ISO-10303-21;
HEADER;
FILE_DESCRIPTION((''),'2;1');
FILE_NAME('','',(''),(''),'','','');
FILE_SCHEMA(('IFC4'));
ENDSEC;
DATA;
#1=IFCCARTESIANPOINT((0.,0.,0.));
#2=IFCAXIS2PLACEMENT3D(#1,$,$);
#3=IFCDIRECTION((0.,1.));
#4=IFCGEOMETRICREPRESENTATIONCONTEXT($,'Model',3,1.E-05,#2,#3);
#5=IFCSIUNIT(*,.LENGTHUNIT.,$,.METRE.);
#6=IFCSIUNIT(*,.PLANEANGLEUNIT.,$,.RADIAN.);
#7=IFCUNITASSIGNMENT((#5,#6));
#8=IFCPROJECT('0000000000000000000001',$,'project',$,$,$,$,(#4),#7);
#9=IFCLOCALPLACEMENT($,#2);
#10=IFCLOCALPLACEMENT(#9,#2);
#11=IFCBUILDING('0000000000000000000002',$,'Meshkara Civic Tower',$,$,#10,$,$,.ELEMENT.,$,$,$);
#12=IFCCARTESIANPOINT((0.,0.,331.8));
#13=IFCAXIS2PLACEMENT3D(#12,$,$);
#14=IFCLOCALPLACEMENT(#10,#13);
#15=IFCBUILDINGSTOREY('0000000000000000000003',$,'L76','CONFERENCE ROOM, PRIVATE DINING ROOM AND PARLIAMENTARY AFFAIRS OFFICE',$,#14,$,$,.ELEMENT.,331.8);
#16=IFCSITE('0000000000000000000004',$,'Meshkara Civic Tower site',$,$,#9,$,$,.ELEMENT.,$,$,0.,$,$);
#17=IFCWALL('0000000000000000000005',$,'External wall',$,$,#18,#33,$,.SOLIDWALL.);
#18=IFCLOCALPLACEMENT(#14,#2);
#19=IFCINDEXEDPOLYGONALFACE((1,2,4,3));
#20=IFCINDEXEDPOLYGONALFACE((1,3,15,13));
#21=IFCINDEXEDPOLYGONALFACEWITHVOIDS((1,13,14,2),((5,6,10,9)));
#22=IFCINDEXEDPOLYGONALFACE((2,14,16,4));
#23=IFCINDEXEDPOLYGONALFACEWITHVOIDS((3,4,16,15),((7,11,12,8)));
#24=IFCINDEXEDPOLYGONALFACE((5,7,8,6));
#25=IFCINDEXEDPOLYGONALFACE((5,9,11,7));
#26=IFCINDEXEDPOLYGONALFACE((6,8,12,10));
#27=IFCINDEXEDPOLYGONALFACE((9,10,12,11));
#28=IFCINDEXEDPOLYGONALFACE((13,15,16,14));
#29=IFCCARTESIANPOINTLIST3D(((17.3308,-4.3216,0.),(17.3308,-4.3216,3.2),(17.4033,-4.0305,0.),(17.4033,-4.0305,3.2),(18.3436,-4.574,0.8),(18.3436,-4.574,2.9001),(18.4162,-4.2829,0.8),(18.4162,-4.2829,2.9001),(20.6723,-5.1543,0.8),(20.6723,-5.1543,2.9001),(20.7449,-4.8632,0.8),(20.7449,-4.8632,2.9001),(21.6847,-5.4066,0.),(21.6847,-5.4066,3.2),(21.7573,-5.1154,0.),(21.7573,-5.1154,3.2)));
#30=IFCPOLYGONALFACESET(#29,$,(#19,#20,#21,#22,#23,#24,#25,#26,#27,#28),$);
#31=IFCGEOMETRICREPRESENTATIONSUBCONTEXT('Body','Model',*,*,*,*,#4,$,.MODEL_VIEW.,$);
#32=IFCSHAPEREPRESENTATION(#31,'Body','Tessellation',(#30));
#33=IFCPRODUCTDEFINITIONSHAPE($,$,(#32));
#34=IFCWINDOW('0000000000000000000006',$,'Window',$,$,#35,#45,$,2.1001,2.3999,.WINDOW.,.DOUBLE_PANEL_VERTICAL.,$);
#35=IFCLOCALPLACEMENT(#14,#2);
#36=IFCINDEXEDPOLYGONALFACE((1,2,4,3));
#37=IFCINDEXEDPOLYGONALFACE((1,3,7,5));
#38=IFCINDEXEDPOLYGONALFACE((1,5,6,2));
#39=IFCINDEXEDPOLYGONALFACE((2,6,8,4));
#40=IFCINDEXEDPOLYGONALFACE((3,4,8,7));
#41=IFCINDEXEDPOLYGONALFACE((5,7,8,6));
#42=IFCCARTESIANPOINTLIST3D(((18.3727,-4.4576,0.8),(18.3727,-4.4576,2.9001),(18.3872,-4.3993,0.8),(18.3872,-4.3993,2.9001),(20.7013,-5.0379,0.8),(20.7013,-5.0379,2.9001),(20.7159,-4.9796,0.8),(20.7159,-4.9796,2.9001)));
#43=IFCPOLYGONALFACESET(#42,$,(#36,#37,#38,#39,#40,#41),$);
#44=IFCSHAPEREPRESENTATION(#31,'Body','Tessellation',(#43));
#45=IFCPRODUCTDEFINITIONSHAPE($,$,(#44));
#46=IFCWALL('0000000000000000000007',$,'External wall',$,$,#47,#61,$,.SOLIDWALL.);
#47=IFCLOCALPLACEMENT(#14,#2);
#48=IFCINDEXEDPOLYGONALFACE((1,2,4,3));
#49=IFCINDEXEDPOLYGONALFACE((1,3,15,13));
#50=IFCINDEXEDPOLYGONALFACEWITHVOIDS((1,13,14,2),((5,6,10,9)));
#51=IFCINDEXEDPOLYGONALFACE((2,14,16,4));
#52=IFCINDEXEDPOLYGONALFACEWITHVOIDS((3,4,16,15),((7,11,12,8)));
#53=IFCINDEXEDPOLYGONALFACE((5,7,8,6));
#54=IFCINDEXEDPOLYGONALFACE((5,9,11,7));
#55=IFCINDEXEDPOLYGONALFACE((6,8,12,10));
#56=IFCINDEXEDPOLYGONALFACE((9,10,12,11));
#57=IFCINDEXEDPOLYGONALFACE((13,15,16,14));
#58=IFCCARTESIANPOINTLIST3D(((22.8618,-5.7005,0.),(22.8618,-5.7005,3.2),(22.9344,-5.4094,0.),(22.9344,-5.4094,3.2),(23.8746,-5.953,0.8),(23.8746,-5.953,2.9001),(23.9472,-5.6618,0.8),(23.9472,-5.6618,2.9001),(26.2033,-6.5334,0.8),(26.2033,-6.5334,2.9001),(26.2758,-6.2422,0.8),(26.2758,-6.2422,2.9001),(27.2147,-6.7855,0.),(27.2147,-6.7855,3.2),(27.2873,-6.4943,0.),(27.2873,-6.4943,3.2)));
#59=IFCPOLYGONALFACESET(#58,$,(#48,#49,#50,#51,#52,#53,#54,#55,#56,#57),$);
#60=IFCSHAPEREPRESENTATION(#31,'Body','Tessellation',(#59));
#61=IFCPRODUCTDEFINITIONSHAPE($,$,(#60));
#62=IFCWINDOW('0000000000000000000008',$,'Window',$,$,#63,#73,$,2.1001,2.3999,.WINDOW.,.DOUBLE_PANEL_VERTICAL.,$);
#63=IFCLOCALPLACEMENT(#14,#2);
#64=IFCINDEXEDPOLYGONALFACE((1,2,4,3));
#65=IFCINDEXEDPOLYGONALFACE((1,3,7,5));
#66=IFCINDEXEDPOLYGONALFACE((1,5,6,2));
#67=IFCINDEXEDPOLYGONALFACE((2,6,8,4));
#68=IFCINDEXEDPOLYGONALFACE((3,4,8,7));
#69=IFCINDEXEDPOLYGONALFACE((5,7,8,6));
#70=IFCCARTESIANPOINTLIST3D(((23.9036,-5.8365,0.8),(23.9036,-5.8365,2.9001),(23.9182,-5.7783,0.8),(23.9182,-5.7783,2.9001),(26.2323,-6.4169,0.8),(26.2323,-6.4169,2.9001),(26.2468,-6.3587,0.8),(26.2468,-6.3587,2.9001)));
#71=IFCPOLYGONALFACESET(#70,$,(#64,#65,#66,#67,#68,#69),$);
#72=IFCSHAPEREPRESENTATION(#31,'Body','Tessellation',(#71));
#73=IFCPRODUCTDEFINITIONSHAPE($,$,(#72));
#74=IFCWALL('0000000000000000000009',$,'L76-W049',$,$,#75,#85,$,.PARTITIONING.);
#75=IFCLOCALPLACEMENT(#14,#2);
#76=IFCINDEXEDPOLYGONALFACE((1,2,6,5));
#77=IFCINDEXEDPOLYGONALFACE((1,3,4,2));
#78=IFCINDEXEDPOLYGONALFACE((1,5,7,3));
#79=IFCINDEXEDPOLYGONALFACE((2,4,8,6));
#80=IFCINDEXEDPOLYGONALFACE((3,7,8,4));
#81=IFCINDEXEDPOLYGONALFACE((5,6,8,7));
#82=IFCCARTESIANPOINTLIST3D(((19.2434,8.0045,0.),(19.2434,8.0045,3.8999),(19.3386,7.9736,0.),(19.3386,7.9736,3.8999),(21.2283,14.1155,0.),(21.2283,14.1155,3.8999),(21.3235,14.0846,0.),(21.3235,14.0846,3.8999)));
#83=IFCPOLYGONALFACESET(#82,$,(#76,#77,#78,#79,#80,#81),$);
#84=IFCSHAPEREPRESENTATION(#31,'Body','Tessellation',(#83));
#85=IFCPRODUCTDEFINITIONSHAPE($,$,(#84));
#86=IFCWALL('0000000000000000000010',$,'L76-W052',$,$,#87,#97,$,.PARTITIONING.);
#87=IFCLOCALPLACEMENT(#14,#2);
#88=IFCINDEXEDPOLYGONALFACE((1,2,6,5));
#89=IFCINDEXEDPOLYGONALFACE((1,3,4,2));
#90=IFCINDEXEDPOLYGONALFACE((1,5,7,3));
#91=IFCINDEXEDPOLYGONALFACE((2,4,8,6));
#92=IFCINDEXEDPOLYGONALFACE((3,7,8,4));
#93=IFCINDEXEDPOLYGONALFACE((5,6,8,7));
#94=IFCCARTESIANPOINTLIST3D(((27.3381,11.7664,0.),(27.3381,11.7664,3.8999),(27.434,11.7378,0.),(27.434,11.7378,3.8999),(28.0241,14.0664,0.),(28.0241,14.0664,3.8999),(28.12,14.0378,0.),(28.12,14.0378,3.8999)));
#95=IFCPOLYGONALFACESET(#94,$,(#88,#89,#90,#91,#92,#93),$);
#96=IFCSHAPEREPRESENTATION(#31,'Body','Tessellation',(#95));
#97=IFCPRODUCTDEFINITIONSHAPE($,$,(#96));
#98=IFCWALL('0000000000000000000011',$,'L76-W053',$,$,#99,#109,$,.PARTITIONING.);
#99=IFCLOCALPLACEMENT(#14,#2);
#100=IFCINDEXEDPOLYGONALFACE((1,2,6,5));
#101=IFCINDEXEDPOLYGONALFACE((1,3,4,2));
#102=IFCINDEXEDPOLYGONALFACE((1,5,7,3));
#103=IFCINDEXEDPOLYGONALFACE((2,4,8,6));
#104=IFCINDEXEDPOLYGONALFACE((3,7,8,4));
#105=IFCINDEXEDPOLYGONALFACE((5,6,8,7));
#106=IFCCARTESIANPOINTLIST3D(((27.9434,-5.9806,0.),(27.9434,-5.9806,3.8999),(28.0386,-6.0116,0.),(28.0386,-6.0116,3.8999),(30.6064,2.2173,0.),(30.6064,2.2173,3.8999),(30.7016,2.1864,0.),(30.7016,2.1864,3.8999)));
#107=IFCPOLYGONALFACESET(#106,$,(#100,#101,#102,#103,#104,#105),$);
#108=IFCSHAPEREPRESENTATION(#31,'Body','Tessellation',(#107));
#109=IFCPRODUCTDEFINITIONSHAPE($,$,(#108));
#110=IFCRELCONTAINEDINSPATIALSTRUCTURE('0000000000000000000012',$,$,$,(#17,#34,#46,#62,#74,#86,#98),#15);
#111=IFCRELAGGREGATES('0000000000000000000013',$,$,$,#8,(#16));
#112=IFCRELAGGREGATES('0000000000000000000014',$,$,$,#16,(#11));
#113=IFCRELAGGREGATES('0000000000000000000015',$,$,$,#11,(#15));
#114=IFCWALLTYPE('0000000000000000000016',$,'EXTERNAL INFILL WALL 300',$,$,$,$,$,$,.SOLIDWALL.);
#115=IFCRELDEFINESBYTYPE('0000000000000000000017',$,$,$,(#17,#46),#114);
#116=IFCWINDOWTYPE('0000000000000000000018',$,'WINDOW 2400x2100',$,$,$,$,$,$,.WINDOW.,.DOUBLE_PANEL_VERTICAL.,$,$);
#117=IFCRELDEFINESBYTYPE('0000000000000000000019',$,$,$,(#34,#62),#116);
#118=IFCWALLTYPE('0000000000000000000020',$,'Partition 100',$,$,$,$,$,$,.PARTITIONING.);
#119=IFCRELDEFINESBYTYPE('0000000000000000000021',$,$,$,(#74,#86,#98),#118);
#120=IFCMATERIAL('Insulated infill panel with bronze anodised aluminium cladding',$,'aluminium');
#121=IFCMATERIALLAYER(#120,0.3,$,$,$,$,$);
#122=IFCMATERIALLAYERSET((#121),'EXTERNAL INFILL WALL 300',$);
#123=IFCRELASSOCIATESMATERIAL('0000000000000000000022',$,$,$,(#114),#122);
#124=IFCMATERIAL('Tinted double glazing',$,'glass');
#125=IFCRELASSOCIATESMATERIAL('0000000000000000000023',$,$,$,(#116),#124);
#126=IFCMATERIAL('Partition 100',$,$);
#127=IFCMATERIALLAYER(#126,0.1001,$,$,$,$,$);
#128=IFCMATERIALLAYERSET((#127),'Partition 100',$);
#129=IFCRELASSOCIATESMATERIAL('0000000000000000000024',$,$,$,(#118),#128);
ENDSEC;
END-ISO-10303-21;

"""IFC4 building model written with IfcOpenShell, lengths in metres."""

from ifc_helpers import new_model, si_unit, direction, frame, frame_2d, origin, place, context, subcontext, project, spatial, rectangle, extrude, material, layer, layer_set, type_object, element, fill, save


model = new_model("IFC4")

# Units and contexts
model_context = context("Model", 3, precision=1e-05, world=origin(), true_north=direction((0.0, 1.0)))
body_context = subcontext(model_context, "Body", "Model", "MODEL_VIEW")
ifc_project = project(units=[si_unit("LENGTHUNIT", "METRE"), si_unit("PLANEANGLEUNIT", "RADIAN")], contexts=[model_context])

# Site, building, storey
site_placement = place(None, origin())
site = spatial("IfcSite", under=ifc_project, at=site_placement, Name="Meshkara Civic Tower site", CompositionType="ELEMENT", RefElevation=0.0)
building_placement = place(site_placement, origin())
building = spatial("IfcBuilding", under=site, at=building_placement, Name="Meshkara Civic Tower", CompositionType="ELEMENT")
storey_placement = place(building_placement, frame((0.0, 0.0, 331.8)))
storey = spatial("IfcBuildingStorey", under=building, at=storey_placement, Name="L76", Description="CONFERENCE ROOM, PRIVATE DINING ROOM AND PARLIAMENTARY AFFAIRS OFFICE", CompositionType="ELEMENT", Elevation=331.8)

# Walls, openings, windows
ifc_material_1 = material(Name="Insulated infill panel with bronze anodised aluminium cladding", Category="aluminium")
ifc_layer_1 = layer(ifc_material_1, 0.3)
ifc_layer_set_1 = layer_set([ifc_layer_1], Name="EXTERNAL INFILL WALL 300")
wall_type_1 = type_object("IfcWallType", Name="EXTERNAL INFILL WALL 300", PredefinedType="SOLIDWALL", material=ifc_layer_set_1)
wall_1_placement = place(storey_placement, frame((17.3669, -4.176, 0.0), z_axis=(0.0, 0.0, 1.0), x_axis=(0.970328, -0.241793, 0.0)))
wall_1 = element("IfcWall", 1, at=wall_1_placement, inside=storey, type_object=wall_type_1, Name="External wall", PredefinedType="SOLIDWALL", context=body_context, shape_type="SweptSolid", body=[
    extrude(rectangle(XDim=4.4871, YDim=0.3, at=frame_2d((2.2437, 0.0))), origin(), (0.0, 0.0, 1.0), 3.2),
])
opening_1_placement = place(wall_1_placement, frame((1.0439, 0.0, 0.8)))
opening_1 = element("IfcOpeningElement", 2, at=opening_1_placement, cuts=wall_1, PredefinedType="OPENING", context=body_context, shape_type="SweptSolid", body=[
    extrude(rectangle(XDim=2.3999, YDim=2.1001, at=frame_2d((1.2, 1.05))), frame((0.0, 0.1599, 0.0), z_axis=(0.0, -1.0, 0.0), x_axis=(1.0, 0.0, 0.0)), (0.0, 0.0, 1.0), 0.3201),
])
ifc_material_2 = material(Name="Tinted double glazing", Category="glass")
window_type = type_object("IfcWindowType", Name="WINDOW 2400x2100", PartitioningType="DOUBLE_PANEL_VERTICAL", PredefinedType="WINDOW", material=ifc_material_2)
window_1_placement = place(opening_1_placement, origin())
window_1 = element("IfcWindow", 3, at=window_1_placement, inside=storey, type_object=window_type, Name="Window", OverallHeight=2.1001, OverallWidth=2.3999, PartitioningType="DOUBLE_PANEL_VERTICAL", PredefinedType="WINDOW", context=body_context, shape_type="SweptSolid", body=[
    extrude(rectangle(XDim=2.3999, YDim=2.1001, at=frame_2d((1.2, 1.05))), frame((0.0, 0.03, 0.0), z_axis=(0.0, -1.0, 0.0), x_axis=(1.0, 0.0, 0.0)), (0.0, 0.0, 1.0), 0.0601),
])
fill(opening_1, window_1)
wall_2_placement = place(storey_placement, frame((22.8979, -5.5549, 0.0), z_axis=(0.0, 0.0, 1.0), x_axis=(0.970315, -0.241844, 0.0)))
wall_2 = element("IfcWall", 4, at=wall_2_placement, inside=storey, type_object=wall_type_1, Name="External wall", PredefinedType="SOLIDWALL", context=body_context, shape_type="SweptSolid", body=[
    extrude(rectangle(XDim=4.4861, YDim=0.3, at=frame_2d((2.2432, 0.0))), origin(), (0.0, 0.0, 1.0), 3.2),
])
opening_2_placement = place(wall_2_placement, frame((1.0439, 0.0, 0.8)))
opening_2 = element("IfcOpeningElement", 5, at=opening_2_placement, cuts=wall_2, PredefinedType="OPENING", context=body_context, shape_type="SweptSolid", body=[
    extrude(rectangle(XDim=2.3999, YDim=2.1001, at=frame_2d((1.2, 1.05))), frame((0.0, 0.1599, 0.0), z_axis=(0.0, -1.0, 0.0), x_axis=(1.0, 0.0, 0.0)), (0.0, 0.0, 1.0), 0.3201),
])
window_2_placement = place(opening_2_placement, origin())
window_2 = element("IfcWindow", 6, at=window_2_placement, inside=storey, type_object=window_type, Name="Window", OverallHeight=2.1001, OverallWidth=2.3999, PartitioningType="DOUBLE_PANEL_VERTICAL", PredefinedType="WINDOW", context=body_context, shape_type="SweptSolid", body=[
    extrude(rectangle(XDim=2.3999, YDim=2.1001, at=frame_2d((1.2, 1.05))), frame((0.0, 0.03, 0.0), z_axis=(0.0, -1.0, 0.0), x_axis=(1.0, 0.0, 0.0)), (0.0, 0.0, 1.0), 0.0601),
])
fill(opening_2, window_2)

# Walls
ifc_material_3 = material(Name="Partition 100")
ifc_layer_2 = layer(ifc_material_3, 0.1001)
ifc_layer_set_2 = layer_set([ifc_layer_2], Name="Partition 100")
wall_type_2 = type_object("IfcWallType", Name="Partition 100", PredefinedType="PARTITIONING", material=ifc_layer_set_2)
wall_3_placement = place(storey_placement, frame((19.291, 7.989, 0.0), z_axis=(0.0, 0.0, 1.0), x_axis=(0.308912, 0.951091, 0.0)))
element("IfcWall", 7, at=wall_3_placement, inside=storey, type_object=wall_type_2, Name="L76-W049", PredefinedType="PARTITIONING", context=body_context, shape_type="SweptSolid", body=[
    extrude(rectangle(XDim=6.4253, YDim=0.1001, at=frame_2d((3.2126, 0.0))), origin(), (0.0, 0.0, 1.0), 3.8999),
])
wall_4_placement = place(storey_placement, frame((27.386, 11.752, 0.0), z_axis=(0.0, 0.0, 1.0), x_axis=(0.285826, 0.958281, 0.0)))
element("IfcWall", 8, at=wall_4_placement, inside=storey, type_object=wall_type_2, Name="L76-W052", PredefinedType="PARTITIONING", context=body_context, shape_type="SweptSolid", body=[
    extrude(rectangle(XDim=2.4001, YDim=0.1001, at=frame_2d((1.2002, 0.0))), origin(), (0.0, 0.0, 1.0), 3.8999),
])
wall_5_placement = place(storey_placement, frame((27.991, -5.9961, 0.0), z_axis=(0.0, 0.0, 1.0), x_axis=(0.308953, 0.951077, 0.0)))
element("IfcWall", 9, at=wall_5_placement, inside=storey, type_object=wall_type_2, Name="L76-W053", PredefinedType="PARTITIONING", context=body_context, shape_type="SweptSolid", body=[
    extrude(rectangle(XDim=8.6196, YDim=0.1001, at=frame_2d((4.3098, 0.0))), origin(), (0.0, 0.0, 1.0), 3.8999),
])

save(model, "model.ifc")
